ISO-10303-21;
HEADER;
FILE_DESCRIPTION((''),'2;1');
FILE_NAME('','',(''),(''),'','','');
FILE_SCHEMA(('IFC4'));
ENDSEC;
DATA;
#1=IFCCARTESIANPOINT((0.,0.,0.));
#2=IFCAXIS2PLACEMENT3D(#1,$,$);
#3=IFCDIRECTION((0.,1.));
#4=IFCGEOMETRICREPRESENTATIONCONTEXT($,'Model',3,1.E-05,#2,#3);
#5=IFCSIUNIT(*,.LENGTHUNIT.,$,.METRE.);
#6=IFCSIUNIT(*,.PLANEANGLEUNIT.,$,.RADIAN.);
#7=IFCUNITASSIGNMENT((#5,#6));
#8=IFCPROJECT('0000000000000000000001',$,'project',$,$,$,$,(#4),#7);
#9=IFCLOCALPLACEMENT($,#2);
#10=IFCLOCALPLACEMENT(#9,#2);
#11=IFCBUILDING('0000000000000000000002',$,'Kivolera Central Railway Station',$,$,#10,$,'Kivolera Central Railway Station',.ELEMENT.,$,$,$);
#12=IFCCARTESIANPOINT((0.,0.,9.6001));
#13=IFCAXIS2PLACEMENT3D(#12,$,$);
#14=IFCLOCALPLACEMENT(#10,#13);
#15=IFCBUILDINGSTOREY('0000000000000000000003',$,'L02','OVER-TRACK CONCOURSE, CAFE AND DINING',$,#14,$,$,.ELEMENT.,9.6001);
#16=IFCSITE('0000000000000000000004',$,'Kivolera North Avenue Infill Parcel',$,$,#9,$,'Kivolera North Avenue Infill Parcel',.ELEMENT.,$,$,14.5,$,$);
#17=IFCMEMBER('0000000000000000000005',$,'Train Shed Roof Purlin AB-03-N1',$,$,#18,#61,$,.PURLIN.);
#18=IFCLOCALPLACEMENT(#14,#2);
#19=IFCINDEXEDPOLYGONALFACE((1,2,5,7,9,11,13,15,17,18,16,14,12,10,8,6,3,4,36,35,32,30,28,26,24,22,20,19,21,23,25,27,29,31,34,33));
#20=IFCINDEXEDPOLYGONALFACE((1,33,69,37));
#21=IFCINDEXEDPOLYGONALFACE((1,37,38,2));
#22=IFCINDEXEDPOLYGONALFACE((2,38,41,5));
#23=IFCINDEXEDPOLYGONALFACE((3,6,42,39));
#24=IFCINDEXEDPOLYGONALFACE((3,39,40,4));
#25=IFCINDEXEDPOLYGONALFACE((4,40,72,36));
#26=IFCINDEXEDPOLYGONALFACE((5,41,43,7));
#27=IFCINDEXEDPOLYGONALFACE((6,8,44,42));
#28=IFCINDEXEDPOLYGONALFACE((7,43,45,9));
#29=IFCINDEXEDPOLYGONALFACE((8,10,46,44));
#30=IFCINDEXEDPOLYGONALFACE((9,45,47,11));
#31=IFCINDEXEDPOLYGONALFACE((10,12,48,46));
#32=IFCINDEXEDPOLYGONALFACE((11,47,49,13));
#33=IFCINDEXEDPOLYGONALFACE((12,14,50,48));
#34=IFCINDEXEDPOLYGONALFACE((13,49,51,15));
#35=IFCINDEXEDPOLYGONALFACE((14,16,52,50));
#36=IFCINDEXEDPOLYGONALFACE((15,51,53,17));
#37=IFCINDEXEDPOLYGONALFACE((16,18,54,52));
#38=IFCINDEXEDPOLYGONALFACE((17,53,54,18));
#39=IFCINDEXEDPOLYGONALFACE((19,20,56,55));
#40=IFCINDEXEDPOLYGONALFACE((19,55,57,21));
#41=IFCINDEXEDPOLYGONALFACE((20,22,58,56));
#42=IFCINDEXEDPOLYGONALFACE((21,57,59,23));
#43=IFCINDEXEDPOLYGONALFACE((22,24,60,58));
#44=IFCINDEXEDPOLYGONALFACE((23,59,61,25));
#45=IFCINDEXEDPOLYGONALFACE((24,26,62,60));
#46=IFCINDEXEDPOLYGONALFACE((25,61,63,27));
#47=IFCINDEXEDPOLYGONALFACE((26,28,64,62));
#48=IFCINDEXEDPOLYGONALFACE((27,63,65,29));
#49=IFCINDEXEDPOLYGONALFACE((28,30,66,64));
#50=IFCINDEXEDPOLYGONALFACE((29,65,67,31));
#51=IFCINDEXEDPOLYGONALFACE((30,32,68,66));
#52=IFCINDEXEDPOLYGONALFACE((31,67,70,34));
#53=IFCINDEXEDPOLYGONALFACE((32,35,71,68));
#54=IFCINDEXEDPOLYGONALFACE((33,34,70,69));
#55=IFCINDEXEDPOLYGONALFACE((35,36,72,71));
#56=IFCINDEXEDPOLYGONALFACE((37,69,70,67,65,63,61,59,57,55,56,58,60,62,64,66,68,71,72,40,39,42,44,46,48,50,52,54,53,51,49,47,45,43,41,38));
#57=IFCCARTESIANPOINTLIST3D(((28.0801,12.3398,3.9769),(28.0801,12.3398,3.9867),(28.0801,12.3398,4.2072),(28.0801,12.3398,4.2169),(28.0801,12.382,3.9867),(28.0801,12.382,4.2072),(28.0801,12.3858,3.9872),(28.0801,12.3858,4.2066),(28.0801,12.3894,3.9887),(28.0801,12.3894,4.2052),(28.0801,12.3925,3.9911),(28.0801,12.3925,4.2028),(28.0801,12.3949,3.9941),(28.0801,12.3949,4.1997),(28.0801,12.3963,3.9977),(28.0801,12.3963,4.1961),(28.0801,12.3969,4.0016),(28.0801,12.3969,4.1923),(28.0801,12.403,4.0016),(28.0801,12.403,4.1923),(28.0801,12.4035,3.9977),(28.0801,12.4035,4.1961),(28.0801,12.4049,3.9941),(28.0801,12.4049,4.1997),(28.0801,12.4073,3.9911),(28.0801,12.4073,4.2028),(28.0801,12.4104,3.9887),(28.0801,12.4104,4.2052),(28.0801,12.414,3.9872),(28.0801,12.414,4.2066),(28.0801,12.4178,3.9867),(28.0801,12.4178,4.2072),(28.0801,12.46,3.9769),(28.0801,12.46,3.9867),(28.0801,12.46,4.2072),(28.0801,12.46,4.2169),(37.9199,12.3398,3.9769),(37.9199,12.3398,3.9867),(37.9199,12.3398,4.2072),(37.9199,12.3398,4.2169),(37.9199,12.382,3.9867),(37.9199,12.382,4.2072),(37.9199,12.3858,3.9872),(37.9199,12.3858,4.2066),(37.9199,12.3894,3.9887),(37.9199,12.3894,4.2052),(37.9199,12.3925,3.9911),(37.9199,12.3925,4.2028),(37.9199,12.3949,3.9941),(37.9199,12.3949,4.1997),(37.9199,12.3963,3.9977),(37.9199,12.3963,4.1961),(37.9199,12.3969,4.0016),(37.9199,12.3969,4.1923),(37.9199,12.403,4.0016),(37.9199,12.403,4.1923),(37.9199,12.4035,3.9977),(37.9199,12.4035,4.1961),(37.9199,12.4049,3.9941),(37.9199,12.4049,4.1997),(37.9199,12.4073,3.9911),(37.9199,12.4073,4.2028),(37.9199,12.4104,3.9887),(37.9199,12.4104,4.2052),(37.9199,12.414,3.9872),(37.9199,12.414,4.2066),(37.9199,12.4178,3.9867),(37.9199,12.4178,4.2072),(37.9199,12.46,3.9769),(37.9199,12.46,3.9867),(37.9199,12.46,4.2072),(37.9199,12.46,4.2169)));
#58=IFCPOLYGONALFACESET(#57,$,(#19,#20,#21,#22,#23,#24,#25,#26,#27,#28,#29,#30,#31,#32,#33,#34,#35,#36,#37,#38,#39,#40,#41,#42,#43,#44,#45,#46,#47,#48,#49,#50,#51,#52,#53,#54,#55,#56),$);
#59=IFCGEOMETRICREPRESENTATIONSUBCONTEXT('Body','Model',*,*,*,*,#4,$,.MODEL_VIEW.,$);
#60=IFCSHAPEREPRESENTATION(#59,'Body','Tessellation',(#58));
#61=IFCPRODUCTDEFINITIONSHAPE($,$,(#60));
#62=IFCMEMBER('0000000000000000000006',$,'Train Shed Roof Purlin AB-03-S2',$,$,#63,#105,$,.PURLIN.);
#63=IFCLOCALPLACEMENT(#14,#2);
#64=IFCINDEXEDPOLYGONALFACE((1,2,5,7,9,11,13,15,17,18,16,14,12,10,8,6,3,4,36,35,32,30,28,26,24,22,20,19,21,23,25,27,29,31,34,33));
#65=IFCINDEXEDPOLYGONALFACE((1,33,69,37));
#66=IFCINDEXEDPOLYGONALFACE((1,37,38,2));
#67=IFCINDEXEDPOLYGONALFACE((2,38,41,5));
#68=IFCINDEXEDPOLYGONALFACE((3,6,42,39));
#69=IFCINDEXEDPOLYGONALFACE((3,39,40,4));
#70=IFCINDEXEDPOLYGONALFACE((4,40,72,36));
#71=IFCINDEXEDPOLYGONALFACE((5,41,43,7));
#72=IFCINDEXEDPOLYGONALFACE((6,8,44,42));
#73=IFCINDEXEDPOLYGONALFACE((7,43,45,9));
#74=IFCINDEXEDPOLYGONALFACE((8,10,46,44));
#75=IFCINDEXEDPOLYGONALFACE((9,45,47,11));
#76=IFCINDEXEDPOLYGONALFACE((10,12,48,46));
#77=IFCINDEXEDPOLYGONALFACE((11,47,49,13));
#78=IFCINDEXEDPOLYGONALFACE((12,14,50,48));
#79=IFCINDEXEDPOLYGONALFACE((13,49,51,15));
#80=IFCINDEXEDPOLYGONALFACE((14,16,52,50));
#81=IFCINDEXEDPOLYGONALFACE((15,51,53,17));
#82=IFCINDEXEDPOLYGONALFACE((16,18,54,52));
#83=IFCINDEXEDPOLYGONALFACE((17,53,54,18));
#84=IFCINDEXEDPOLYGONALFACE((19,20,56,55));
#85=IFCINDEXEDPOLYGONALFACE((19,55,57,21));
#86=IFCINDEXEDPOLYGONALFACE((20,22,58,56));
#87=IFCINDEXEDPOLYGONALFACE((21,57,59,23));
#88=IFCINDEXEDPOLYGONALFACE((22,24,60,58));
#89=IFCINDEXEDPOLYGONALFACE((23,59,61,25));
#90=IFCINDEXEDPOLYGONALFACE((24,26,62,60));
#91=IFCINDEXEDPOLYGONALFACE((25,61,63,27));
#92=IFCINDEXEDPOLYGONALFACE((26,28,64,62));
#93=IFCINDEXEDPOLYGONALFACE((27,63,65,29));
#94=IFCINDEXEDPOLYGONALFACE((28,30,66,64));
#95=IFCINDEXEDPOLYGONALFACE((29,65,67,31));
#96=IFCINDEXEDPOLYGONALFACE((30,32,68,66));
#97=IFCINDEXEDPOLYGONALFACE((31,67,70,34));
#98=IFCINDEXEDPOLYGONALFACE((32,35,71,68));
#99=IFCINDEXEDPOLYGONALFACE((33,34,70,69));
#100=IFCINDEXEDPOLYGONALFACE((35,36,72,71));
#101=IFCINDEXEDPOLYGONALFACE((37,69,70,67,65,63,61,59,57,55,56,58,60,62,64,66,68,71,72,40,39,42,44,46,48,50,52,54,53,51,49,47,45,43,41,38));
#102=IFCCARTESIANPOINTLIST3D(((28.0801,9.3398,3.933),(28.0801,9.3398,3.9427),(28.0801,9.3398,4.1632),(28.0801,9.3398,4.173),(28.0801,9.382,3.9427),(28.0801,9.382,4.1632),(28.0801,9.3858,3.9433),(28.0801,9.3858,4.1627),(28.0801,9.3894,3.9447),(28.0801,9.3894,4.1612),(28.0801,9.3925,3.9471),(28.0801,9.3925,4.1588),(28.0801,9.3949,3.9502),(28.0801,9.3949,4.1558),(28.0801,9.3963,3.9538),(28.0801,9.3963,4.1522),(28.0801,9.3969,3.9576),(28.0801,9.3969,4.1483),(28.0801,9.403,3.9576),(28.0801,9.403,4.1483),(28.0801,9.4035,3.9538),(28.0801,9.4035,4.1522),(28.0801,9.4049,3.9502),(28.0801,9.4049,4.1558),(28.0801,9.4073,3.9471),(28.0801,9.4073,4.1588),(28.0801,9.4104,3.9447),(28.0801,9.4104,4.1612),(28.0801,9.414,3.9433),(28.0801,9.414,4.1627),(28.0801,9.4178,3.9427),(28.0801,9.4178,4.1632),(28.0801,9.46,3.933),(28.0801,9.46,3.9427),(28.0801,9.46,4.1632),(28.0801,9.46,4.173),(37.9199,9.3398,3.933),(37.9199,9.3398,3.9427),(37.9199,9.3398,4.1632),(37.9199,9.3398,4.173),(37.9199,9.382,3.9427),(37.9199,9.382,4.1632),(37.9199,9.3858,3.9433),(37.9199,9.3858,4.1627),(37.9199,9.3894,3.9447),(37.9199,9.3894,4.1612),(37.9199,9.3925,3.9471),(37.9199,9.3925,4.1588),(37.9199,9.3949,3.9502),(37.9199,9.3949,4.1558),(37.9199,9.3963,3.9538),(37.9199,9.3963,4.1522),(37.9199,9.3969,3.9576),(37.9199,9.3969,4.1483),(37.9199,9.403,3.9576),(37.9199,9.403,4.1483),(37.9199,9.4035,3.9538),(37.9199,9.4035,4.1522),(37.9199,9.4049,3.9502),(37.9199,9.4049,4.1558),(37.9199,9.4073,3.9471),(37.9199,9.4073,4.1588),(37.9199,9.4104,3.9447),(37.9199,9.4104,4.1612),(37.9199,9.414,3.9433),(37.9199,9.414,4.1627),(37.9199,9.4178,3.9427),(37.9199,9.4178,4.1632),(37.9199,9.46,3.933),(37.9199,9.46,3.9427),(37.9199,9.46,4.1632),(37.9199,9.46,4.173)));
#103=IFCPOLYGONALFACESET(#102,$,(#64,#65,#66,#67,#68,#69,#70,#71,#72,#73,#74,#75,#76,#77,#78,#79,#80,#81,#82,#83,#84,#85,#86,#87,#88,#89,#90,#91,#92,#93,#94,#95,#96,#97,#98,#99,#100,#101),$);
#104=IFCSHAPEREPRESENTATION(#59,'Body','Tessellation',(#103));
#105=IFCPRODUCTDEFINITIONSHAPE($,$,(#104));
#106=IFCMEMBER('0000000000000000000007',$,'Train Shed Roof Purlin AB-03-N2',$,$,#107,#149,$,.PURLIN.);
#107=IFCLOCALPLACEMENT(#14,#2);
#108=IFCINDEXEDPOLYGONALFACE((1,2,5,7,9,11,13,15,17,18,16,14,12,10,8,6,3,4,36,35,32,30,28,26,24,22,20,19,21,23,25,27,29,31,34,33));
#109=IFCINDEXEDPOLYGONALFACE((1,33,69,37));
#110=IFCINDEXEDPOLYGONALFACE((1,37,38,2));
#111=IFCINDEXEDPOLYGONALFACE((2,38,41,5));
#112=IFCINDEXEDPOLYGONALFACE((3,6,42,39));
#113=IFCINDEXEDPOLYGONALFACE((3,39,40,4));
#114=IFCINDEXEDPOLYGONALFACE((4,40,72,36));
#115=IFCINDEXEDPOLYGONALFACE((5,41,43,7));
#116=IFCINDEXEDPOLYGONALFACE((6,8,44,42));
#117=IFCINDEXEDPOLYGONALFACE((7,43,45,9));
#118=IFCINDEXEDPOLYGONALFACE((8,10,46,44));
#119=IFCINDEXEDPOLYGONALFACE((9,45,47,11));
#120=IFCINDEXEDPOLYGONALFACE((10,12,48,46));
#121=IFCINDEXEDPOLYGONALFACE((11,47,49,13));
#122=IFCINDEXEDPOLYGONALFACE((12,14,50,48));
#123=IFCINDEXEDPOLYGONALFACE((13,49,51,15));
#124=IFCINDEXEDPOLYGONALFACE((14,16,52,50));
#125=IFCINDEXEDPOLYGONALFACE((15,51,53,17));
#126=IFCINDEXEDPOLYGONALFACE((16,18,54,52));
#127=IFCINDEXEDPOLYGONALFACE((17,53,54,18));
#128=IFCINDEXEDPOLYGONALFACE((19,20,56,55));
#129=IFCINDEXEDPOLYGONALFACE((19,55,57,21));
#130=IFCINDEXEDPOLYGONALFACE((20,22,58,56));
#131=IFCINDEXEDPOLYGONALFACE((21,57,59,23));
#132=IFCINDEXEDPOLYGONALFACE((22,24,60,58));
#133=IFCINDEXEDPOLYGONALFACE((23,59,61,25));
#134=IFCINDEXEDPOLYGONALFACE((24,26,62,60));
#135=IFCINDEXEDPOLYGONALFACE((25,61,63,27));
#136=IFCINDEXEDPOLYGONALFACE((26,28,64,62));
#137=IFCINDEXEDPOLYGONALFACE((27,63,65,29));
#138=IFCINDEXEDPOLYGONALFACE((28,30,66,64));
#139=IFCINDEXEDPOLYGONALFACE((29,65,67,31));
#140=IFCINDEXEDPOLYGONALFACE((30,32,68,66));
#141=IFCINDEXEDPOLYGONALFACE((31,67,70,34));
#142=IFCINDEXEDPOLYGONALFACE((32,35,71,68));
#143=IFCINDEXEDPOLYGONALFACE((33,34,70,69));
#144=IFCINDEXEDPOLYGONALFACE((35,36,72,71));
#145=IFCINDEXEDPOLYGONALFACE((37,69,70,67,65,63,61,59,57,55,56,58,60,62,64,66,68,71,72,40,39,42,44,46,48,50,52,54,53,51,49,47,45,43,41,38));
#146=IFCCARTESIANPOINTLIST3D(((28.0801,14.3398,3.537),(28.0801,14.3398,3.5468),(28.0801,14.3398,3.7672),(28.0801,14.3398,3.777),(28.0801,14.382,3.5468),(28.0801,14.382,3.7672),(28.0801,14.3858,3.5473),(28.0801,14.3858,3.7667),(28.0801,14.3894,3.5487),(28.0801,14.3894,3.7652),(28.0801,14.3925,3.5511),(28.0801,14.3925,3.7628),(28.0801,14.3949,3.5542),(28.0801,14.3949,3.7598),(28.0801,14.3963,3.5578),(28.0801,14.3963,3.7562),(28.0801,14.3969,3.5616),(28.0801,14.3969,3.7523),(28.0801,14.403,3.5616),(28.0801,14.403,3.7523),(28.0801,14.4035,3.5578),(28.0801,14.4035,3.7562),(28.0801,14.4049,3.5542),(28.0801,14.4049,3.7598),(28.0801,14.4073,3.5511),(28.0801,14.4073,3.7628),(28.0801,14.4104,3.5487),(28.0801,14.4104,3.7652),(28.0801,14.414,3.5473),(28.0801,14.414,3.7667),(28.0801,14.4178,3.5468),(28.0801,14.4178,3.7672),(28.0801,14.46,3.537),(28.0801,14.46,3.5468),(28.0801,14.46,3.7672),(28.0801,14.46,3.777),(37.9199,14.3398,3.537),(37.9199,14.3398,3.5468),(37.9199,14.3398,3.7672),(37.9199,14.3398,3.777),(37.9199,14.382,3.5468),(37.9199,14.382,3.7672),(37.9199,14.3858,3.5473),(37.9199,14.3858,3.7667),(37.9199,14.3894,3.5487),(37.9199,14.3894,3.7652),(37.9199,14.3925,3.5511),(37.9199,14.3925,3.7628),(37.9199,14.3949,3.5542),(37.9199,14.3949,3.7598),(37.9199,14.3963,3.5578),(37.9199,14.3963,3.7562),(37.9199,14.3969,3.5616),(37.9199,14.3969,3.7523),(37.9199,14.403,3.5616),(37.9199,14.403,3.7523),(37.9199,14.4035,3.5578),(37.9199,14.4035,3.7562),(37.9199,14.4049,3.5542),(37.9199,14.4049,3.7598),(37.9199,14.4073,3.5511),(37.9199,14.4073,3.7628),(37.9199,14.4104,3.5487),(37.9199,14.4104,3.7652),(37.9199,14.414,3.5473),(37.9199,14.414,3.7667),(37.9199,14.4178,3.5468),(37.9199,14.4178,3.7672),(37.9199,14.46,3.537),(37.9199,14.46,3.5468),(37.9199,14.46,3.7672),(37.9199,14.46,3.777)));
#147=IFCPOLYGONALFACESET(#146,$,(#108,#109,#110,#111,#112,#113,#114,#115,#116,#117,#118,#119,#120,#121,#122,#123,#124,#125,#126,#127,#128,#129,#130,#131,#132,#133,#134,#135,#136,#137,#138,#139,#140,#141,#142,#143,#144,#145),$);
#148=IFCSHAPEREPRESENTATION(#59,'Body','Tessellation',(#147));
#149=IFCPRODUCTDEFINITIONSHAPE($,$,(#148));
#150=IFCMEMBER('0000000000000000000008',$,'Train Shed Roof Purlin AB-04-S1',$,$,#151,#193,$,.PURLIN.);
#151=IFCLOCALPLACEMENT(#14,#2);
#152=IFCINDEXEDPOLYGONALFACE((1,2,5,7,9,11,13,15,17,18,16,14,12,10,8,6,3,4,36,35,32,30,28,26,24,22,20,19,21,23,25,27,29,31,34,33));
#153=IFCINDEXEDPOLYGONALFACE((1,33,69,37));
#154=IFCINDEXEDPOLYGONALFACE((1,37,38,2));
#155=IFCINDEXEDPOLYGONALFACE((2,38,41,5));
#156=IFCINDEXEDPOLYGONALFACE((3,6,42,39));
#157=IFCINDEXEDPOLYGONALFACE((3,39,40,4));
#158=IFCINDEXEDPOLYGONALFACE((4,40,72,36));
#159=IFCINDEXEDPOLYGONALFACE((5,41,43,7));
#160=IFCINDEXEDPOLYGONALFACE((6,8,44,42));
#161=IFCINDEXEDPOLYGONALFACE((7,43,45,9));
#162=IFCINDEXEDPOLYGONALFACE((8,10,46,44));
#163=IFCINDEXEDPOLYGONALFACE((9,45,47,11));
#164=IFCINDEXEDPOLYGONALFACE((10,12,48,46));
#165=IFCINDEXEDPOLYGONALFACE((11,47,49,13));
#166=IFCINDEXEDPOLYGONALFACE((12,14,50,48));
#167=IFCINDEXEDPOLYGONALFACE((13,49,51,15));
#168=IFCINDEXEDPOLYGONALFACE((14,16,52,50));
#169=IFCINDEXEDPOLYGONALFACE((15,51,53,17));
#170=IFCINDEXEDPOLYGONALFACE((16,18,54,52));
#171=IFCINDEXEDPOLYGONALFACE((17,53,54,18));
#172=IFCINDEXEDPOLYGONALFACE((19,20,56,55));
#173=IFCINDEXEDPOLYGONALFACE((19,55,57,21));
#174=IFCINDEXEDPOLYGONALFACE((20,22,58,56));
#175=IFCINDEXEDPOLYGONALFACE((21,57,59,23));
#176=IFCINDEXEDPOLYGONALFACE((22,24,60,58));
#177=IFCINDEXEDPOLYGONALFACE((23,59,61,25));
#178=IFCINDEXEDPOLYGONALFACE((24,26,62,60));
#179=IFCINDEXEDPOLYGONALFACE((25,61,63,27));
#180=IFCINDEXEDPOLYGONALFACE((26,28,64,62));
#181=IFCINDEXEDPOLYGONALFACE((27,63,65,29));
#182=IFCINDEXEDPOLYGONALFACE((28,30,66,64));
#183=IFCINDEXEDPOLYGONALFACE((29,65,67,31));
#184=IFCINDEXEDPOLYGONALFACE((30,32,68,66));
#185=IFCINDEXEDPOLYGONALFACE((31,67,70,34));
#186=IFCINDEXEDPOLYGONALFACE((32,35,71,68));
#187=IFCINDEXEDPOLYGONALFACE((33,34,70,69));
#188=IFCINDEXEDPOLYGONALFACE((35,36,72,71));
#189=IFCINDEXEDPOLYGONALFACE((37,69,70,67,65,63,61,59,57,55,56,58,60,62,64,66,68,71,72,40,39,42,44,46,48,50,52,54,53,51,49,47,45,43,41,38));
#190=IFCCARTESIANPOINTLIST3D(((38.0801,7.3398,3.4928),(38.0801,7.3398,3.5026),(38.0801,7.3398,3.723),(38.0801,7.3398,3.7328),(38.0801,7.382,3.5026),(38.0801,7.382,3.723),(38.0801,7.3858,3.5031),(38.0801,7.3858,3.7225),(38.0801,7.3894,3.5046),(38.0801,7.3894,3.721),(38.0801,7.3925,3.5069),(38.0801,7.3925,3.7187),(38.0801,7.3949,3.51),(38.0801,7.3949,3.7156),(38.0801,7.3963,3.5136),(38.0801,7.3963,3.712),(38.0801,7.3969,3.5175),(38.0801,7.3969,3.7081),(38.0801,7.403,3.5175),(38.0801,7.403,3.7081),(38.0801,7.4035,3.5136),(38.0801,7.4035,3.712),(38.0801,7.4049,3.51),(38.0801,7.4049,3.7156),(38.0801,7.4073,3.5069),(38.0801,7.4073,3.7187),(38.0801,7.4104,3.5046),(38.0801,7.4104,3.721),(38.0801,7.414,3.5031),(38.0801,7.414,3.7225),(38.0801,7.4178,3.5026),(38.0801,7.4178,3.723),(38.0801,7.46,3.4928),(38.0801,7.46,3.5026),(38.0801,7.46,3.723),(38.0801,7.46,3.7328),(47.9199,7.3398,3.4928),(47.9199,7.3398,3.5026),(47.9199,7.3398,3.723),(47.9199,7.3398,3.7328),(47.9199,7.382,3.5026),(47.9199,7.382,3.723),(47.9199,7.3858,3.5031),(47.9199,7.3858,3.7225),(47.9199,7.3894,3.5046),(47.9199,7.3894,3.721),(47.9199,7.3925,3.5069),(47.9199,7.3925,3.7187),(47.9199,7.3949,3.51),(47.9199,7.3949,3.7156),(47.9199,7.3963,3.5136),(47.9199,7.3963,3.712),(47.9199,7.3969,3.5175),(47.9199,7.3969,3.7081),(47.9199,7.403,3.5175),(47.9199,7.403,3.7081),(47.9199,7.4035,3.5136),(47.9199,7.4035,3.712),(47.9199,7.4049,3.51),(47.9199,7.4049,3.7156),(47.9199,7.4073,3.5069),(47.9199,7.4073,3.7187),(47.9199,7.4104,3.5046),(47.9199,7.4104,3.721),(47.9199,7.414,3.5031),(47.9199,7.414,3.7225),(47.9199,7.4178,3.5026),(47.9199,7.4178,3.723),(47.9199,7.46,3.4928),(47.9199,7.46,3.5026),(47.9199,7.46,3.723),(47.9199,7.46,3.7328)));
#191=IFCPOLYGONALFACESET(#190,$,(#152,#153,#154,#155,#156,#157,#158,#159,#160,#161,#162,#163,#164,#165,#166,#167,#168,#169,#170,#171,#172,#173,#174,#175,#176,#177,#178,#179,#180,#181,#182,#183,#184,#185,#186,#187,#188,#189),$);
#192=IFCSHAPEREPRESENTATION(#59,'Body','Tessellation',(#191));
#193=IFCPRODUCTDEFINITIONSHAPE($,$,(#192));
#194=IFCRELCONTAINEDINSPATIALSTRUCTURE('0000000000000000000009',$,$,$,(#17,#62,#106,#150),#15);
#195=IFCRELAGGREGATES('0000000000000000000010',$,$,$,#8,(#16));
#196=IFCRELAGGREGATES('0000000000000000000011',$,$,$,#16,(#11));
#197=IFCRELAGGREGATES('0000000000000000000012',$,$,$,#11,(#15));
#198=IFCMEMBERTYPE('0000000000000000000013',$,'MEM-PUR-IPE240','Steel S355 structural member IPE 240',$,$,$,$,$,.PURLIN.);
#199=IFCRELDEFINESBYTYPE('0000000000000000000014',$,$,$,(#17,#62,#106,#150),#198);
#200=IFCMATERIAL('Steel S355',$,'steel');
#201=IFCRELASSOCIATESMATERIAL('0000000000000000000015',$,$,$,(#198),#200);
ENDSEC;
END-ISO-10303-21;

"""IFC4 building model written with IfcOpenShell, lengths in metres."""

from ifc_helpers import new_model, si_unit, direction, frame, origin, origin_2d, place, context, subcontext, project, spatial, i_section, extrude, material, material_profile, profile_set, type_object, element, save


model = new_model("IFC4")

# Units and contexts
model_context = context("Model", 3, precision=1e-05, world=origin(), true_north=direction((0.0, 1.0)))
body_context = subcontext(model_context, "Body", "Model", "MODEL_VIEW")
ifc_project = project(units=[si_unit("LENGTHUNIT", "METRE"), si_unit("PLANEANGLEUNIT", "RADIAN")], contexts=[model_context])

# Site, building, storey
site_placement = place(None, origin())
site = spatial("IfcSite", under=ifc_project, at=site_placement, Name="Kivolera North Avenue Infill Parcel", LongName="Kivolera North Avenue Infill Parcel", CompositionType="ELEMENT", RefElevation=14.5)
building_placement = place(site_placement, origin())
building = spatial("IfcBuilding", under=site, at=building_placement, Name="Kivolera Central Railway Station", LongName="Kivolera Central Railway Station", CompositionType="ELEMENT")
storey_placement = place(building_placement, frame((0.0, 0.0, 9.6001)))
storey = spatial("IfcBuildingStorey", under=building, at=storey_placement, Name="L02", Description="OVER-TRACK CONCOURSE, CAFE AND DINING", CompositionType="ELEMENT", Elevation=9.6001)

# Shared definitions
ifc_material_1 = material(Name="Steel S355", Category="steel")

# Members
ifc_material_profile_1 = material_profile(ifc_material_1, i_section(OverallWidth=0.1201, OverallDepth=0.24, WebThickness=0.0061, FlangeThickness=0.0098, FilletRadius=0.0149, at=origin_2d()), Name="IPE 240")
ifc_profile_set_1 = profile_set([ifc_material_profile_1], Name="Steel S355")
member_type_1 = type_object("IfcMemberType", Name="MEM-PUR-IPE240", Description="Steel S355 structural member IPE 240", PredefinedType="PURLIN", material=ifc_profile_set_1)
for number, where, z_axis, x_axis, name in (
    (1, (28.0801, 12.3999, 4.0969), (1.0, 0.0, 0.0), (0.0, 1.0, 0.0), "Train Shed Roof Purlin AB-03-N1"),
    (2, (28.0801, 9.3999, 4.053), (1.0, 0.0, 0.0), (0.0, 1.0, 0.0), "Train Shed Roof Purlin AB-03-S2"),
    (3, (28.0801, 14.3999, 3.657), (1.0, 0.0, 0.0), (0.0, 1.0, 0.0), "Train Shed Roof Purlin AB-03-N2"),
    (4, (38.0801, 7.3999, 3.6128), (1.0, 0.0, 0.0), (0.0, 1.0, 0.0), "Train Shed Roof Purlin AB-04-S1"),
):
    element("IfcMember", number, at=place(storey_placement, frame(where, z_axis=z_axis, x_axis=x_axis)), inside=storey, type_object=member_type_1, Name=name, PredefinedType="PURLIN", context=body_context, shape_type="SweptSolid", body=[
        extrude(i_section(OverallWidth=0.1201, OverallDepth=0.24, WebThickness=0.0061, FlangeThickness=0.0098, FilletRadius=0.0149, at=origin_2d()), origin(), (0.0, 0.0, 1.0), 9.8398),
    ])

save(model, "model.ifc")
